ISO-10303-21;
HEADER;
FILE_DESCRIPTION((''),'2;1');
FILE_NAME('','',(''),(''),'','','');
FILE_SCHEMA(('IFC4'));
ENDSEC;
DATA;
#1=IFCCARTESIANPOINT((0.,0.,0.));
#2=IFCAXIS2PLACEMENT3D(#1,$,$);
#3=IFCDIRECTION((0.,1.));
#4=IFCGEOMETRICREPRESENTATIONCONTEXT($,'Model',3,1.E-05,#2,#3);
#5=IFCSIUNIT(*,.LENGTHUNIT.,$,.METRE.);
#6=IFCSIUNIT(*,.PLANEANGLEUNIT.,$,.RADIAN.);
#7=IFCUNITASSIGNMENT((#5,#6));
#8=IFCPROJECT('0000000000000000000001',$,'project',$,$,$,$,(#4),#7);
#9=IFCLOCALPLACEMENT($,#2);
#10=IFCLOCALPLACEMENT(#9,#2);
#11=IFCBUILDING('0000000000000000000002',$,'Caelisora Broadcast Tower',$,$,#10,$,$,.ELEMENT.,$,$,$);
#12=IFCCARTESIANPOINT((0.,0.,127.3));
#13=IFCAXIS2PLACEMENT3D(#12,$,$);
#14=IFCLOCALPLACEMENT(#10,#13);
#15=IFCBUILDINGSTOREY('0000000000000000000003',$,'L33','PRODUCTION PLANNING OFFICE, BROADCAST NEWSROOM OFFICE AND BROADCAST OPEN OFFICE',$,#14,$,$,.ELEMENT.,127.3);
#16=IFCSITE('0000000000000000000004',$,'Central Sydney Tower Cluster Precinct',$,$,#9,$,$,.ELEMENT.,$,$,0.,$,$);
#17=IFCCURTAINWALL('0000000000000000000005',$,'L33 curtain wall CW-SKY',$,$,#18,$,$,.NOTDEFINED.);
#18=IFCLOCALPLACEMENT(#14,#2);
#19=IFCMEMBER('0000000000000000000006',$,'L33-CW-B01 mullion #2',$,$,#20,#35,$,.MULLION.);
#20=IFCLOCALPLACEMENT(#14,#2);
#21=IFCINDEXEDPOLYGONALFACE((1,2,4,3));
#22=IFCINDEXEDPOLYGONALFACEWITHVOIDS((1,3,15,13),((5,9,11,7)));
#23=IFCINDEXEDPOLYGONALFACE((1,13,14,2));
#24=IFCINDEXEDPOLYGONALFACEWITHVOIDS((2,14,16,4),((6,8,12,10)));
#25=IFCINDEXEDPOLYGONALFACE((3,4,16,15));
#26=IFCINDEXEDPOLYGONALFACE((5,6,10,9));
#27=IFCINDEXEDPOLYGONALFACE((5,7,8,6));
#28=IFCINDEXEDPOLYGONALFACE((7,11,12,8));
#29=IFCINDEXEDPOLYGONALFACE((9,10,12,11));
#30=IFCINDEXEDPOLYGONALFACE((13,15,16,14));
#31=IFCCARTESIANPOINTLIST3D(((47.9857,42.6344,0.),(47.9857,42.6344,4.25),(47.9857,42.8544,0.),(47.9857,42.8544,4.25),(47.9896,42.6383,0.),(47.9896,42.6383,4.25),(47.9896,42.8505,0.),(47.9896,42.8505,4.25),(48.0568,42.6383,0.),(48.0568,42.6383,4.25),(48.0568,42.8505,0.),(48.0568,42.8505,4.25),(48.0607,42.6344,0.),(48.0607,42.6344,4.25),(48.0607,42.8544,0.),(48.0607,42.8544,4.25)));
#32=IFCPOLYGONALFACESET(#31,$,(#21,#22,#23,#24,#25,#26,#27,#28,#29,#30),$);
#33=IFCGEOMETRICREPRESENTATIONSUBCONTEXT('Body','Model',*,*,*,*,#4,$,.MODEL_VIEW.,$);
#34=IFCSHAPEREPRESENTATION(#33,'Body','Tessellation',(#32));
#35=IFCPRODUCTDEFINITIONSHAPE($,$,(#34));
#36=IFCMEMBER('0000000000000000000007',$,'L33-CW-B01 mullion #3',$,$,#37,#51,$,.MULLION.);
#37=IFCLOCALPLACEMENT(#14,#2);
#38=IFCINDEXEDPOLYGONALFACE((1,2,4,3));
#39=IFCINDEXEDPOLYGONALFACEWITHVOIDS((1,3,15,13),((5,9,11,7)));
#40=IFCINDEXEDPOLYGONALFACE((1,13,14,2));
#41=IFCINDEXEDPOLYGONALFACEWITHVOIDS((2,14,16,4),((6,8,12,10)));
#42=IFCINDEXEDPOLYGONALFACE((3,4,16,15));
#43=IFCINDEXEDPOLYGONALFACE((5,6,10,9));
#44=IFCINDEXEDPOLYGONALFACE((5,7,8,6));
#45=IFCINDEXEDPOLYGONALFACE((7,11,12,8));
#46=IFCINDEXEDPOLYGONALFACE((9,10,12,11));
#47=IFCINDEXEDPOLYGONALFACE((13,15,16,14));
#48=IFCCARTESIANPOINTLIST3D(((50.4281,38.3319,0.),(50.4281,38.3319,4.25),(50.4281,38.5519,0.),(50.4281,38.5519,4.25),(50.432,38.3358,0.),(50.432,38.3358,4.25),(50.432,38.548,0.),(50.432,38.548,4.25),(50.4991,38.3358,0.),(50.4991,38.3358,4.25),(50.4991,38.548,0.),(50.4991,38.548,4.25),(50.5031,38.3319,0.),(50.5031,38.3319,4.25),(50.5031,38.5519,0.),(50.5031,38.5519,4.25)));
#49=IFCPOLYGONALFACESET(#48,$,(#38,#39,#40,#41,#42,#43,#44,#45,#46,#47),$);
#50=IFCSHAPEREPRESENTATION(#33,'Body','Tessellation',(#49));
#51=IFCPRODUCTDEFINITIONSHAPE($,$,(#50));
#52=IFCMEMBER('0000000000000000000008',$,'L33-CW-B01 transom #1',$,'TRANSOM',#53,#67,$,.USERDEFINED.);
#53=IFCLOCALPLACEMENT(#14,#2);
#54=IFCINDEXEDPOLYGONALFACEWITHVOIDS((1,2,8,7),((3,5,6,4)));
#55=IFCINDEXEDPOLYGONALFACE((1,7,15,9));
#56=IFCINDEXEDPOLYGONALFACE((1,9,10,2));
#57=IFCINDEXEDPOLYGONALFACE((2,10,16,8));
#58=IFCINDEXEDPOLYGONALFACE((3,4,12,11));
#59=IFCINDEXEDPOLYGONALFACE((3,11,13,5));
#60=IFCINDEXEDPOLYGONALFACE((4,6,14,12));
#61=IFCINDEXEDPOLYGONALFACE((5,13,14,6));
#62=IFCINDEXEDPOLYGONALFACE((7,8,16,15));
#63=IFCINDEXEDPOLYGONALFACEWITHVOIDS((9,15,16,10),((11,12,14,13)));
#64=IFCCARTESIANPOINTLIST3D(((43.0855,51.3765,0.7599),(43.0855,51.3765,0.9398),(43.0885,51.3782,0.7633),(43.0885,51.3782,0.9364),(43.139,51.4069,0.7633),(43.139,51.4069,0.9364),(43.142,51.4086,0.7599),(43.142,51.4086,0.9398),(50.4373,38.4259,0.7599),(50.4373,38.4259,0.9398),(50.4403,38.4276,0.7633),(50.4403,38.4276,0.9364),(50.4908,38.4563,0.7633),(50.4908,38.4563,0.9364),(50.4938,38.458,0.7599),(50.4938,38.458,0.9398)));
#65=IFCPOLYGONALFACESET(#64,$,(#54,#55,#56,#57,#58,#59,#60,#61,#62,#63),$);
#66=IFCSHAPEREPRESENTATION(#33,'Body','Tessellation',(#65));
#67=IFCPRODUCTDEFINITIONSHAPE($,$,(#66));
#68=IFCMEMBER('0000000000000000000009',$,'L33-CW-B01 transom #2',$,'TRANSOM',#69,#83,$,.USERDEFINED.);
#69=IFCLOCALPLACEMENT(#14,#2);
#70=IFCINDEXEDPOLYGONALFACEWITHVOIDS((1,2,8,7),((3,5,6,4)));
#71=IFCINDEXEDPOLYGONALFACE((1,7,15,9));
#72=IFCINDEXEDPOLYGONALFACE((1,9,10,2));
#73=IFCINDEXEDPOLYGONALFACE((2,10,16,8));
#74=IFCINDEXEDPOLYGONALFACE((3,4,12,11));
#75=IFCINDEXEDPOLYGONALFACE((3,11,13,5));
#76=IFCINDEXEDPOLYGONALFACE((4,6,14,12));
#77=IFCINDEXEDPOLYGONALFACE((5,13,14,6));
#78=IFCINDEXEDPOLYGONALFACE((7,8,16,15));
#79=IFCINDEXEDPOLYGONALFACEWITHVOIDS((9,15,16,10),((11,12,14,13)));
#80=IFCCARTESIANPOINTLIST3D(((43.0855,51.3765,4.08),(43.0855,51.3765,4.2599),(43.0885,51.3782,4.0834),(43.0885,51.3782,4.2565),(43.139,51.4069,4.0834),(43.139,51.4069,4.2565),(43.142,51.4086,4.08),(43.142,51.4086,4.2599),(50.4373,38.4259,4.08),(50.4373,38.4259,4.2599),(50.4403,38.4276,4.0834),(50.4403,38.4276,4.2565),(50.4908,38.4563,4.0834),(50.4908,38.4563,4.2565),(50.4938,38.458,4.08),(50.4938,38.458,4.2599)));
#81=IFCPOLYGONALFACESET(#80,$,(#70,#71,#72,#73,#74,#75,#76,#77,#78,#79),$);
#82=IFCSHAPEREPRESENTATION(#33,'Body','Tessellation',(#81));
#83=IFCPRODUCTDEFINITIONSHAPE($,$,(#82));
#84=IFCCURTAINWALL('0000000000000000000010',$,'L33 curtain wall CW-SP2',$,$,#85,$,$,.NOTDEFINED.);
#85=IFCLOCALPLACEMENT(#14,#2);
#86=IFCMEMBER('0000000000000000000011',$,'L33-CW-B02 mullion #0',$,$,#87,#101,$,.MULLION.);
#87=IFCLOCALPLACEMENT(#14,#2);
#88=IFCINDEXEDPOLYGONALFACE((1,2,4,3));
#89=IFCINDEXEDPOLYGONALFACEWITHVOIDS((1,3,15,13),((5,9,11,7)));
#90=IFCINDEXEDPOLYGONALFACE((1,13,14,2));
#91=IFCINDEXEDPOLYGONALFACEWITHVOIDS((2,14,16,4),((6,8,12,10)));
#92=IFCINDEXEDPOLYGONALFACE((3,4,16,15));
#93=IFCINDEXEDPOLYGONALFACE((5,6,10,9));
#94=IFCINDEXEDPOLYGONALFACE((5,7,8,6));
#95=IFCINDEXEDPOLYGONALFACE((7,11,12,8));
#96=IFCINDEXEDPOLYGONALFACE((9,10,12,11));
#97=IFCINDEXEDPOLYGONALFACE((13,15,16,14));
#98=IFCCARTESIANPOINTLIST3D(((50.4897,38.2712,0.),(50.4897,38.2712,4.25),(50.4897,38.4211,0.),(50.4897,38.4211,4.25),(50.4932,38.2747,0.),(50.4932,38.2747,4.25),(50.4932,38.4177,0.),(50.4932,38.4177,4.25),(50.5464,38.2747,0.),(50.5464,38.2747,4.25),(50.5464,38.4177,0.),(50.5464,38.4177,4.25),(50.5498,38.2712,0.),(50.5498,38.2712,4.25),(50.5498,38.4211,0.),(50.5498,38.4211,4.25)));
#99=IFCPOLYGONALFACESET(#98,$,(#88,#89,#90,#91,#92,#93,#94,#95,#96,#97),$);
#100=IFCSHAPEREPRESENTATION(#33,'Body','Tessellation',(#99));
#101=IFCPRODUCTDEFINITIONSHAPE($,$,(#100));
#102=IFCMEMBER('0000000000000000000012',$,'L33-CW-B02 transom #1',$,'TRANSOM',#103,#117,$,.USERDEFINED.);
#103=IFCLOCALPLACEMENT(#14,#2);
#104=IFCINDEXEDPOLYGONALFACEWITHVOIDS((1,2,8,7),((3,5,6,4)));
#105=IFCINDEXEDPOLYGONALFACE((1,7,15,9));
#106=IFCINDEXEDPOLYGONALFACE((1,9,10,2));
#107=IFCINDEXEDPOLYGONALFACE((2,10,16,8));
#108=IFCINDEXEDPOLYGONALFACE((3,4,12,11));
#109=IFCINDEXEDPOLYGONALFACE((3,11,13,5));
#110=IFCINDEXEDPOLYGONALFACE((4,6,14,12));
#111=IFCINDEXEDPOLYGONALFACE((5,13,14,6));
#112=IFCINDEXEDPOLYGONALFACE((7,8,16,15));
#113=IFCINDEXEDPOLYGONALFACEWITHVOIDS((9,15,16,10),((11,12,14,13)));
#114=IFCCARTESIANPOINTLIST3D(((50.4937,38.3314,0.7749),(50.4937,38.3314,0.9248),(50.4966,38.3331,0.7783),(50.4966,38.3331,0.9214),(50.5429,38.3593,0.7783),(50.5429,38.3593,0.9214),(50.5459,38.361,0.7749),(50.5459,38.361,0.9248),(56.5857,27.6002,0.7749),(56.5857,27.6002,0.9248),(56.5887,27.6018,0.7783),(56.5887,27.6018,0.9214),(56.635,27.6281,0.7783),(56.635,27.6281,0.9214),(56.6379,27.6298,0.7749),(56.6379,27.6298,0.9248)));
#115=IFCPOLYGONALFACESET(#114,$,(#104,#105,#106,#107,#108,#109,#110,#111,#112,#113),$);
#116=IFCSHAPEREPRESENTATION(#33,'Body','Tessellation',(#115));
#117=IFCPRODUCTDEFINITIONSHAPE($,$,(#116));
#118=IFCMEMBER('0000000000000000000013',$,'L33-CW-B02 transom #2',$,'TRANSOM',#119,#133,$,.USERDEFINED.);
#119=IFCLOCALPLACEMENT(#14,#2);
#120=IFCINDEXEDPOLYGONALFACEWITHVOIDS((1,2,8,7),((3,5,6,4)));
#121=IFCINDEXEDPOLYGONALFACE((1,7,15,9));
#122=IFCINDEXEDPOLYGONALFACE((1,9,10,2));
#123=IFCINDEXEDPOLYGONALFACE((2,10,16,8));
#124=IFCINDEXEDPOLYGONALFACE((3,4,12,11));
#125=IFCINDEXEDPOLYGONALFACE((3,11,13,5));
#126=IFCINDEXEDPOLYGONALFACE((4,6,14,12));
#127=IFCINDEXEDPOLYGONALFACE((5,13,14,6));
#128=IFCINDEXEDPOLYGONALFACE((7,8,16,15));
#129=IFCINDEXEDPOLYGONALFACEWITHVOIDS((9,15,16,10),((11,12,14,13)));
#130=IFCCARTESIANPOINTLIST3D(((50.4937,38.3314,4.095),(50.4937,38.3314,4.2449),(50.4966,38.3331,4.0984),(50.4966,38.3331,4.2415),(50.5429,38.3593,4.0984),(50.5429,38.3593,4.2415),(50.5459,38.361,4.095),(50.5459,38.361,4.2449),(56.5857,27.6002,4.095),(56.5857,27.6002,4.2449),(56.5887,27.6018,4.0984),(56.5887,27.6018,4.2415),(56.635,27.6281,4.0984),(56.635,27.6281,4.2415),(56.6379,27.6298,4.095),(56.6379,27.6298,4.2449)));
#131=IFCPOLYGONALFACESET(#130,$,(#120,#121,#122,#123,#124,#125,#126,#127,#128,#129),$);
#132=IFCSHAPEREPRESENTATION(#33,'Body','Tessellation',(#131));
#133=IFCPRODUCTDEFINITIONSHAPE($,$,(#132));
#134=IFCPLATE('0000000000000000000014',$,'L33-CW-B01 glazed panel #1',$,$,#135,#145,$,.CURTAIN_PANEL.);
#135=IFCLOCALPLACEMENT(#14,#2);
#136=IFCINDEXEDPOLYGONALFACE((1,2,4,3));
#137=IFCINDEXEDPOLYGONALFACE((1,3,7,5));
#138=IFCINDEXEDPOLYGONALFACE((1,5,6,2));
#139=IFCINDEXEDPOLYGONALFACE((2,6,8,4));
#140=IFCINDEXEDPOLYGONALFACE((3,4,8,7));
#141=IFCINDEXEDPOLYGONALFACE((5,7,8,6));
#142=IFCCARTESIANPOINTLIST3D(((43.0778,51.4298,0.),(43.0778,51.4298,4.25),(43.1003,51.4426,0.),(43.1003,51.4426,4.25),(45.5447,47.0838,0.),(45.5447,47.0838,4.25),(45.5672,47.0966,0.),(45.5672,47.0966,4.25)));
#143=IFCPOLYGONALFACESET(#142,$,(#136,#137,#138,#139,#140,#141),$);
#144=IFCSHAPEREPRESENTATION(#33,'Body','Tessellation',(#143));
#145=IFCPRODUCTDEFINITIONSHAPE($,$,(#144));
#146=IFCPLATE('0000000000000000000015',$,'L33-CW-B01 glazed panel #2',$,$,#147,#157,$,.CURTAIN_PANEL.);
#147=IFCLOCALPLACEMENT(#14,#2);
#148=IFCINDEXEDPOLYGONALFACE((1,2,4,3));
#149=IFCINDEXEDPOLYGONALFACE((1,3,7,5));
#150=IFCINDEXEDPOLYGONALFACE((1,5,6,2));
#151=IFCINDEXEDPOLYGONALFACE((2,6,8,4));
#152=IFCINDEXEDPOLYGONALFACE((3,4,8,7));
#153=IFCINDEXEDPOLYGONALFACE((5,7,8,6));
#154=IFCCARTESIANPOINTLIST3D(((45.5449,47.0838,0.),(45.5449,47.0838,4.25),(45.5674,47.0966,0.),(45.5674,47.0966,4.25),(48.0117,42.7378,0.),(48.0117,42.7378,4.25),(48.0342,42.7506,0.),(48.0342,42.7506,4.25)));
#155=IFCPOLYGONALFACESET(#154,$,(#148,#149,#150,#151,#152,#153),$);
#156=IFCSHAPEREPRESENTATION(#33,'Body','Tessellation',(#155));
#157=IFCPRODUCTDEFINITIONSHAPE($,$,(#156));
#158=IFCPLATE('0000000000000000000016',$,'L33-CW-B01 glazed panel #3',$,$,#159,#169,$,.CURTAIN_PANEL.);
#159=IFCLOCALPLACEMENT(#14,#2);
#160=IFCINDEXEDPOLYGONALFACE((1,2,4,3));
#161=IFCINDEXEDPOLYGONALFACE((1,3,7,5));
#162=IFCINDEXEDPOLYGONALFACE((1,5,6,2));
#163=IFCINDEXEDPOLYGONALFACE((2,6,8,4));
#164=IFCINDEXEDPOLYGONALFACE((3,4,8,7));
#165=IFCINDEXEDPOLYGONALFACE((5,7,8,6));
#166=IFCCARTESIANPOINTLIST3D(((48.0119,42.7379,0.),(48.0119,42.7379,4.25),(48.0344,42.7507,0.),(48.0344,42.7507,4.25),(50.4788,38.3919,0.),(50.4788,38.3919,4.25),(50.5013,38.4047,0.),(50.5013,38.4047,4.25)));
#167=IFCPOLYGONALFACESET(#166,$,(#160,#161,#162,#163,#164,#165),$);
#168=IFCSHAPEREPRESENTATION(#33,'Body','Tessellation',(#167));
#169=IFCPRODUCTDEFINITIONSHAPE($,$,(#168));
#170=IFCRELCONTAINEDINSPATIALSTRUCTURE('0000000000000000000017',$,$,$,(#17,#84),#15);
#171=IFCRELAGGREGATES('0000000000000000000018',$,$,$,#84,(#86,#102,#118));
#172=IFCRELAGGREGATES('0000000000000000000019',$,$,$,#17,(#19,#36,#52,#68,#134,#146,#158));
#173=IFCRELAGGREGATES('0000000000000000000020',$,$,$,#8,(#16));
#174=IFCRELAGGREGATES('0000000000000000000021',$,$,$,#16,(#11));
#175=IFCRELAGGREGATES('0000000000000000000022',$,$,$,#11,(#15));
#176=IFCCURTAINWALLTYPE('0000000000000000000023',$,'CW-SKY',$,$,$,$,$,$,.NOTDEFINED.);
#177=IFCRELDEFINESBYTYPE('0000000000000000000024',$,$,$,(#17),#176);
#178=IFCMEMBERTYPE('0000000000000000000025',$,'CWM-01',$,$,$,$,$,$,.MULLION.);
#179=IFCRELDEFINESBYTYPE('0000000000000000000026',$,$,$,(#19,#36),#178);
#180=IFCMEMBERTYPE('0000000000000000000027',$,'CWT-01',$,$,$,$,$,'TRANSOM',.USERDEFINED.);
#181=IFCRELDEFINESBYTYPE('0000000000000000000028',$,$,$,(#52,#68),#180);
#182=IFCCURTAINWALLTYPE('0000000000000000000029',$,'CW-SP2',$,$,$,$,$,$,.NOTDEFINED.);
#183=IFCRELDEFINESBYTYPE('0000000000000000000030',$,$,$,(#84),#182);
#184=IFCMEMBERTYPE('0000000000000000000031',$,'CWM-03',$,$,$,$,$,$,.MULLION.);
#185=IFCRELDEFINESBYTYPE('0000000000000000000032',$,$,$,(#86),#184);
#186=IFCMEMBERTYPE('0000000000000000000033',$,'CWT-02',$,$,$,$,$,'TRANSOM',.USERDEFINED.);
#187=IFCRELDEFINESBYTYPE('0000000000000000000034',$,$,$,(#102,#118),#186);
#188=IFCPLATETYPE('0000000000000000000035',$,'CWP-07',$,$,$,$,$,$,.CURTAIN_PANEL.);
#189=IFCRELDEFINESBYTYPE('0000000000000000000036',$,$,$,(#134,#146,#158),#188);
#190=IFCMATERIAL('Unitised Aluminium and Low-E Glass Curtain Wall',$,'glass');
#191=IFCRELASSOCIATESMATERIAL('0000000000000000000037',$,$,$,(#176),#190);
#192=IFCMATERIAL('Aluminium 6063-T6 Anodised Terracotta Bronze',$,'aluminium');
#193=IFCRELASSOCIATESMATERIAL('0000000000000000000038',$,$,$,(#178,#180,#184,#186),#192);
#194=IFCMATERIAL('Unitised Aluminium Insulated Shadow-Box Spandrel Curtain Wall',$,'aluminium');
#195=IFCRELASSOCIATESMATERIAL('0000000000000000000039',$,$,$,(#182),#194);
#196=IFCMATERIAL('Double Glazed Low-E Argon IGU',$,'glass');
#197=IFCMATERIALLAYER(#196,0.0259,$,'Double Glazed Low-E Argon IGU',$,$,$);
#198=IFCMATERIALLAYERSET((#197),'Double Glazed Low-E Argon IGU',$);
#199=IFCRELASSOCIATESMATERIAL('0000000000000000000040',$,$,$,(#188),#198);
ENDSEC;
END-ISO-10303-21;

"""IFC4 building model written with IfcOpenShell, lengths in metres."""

from ifc_helpers import new_model, si_unit, direction, frame, origin, origin_2d, place, context, subcontext, project, spatial, rectangle, hollow_rectangle, extrude, source, transform, mapped, material, layer, layer_set, material_profile, profile_set, type_object, type_shapes, element, aggregate, save


model = new_model("IFC4")

# Units and contexts
model_context = context("Model", 3, precision=1e-05, world=origin(), true_north=direction((0.0, 1.0)))
body_context = subcontext(model_context, "Body", "Model", "MODEL_VIEW")
ifc_project = project(units=[si_unit("LENGTHUNIT", "METRE"), si_unit("PLANEANGLEUNIT", "RADIAN")], contexts=[model_context])

# Site, building, storey
site_placement = place(None, origin())
site = spatial("IfcSite", under=ifc_project, at=site_placement, Name="Central Sydney Tower Cluster Precinct", CompositionType="ELEMENT", RefElevation=0.0)
building_placement = place(site_placement, origin())
building = spatial("IfcBuilding", under=site, at=building_placement, Name="Caelisora Broadcast Tower", CompositionType="ELEMENT")
storey_placement = place(building_placement, frame((0.0, 0.0, 127.3)))
storey = spatial("IfcBuildingStorey", under=building, at=storey_placement, Name="L33", Description="PRODUCTION PLANNING OFFICE, BROADCAST NEWSROOM OFFICE AND BROADCAST OPEN OFFICE", CompositionType="ELEMENT", Elevation=127.3)

# Curtain walls, members
ifc_material_1 = material(Name="Unitised Aluminium and Low-E Glass Curtain Wall", Category="glass")
curtain_wall_type_1 = type_object("IfcCurtainWallType", Name="CW-SKY", PredefinedType="NOTDEFINED", material=ifc_material_1)
curtain_wall_1_placement = place(storey_placement, origin())
curtain_wall_1 = element("IfcCurtainWall", 1, at=curtain_wall_1_placement, inside=storey, type_object=curtain_wall_type_1, Name="L33 curtain wall CW-SKY", PredefinedType="NOTDEFINED")
ifc_material_2 = material(Name="Aluminium 6063-T6 Anodised Terracotta Bronze", Category="aluminium")
ifc_material_profile_1 = material_profile(ifc_material_2, hollow_rectangle(XDim=0.075, YDim=0.22, WallThickness=0.0039, at=origin_2d()), Name="Aluminium 6063-T6 Anodised Terracotta Bronze")
ifc_profile_set_1 = profile_set([ifc_material_profile_1], Name="Aluminium 6063-T6 Anodised Terracotta Bronze")
member_type_1 = type_object("IfcMemberType", Name="CWM-01", PredefinedType="MULLION", material=ifc_profile_set_1)
shared_shape_1 = source(origin(), body_context, "Body", "SweptSolid", [
    extrude(hollow_rectangle(XDim=0.075, YDim=0.22, WallThickness=0.0039, at=origin_2d()), origin(), (0.0, 0.0, 1.0), 4.25),
])
type_shapes(member_type_1, [shared_shape_1])
member_1_placement = place(storey_placement, frame((48.0232, 42.7444, 0.0), z_axis=(0.0, 0.0, 1.0), x_axis=(1.0, 0.0, 0.0)))
member_1 = element("IfcMember", 2, at=member_1_placement, type_object=member_type_1, Name="L33-CW-B01 mullion #2", PredefinedType="MULLION", context=body_context, shape_type="MappedRepresentation", body=[
    mapped(shared_shape_1, transform((0.0, 0.0, 0.0), scale=1.0)),
])
member_2_placement = place(storey_placement, frame((50.4656, 38.4419, 0.0), z_axis=(0.0, 0.0, 1.0), x_axis=(1.0, 0.0, 0.0)))
member_2 = element("IfcMember", 3, at=member_2_placement, type_object=member_type_1, Name="L33-CW-B01 mullion #3", PredefinedType="MULLION", context=body_context, shape_type="MappedRepresentation", body=[
    mapped(shared_shape_1, transform((0.0, 0.0, 0.0), scale=1.0)),
])
ifc_material_profile_2 = material_profile(ifc_material_2, hollow_rectangle(XDim=0.0649, YDim=0.1799, WallThickness=0.0034, at=origin_2d()), Name="Aluminium 6063-T6 Anodised Terracotta Bronze")
ifc_profile_set_2 = profile_set([ifc_material_profile_2], Name="Aluminium 6063-T6 Anodised Terracotta Bronze")
member_type_2 = type_object("IfcMemberType", Name="CWT-01", ElementType="TRANSOM", PredefinedType="USERDEFINED", material=ifc_profile_set_2)
shared_shape_2 = source(origin(), body_context, "Body", "SweptSolid", [
    extrude(hollow_rectangle(XDim=0.0649, YDim=0.1799, WallThickness=0.0034, at=origin_2d()), origin(), (0.0, 0.0, 1.0), 14.8918),
])
type_shapes(member_type_2, [shared_shape_2])
member_3_placement = place(storey_placement, frame((43.1138, 51.3926, 0.8499), z_axis=(0.493678, -0.869645, 0.0), x_axis=(0.869645, 0.493678, 0.0)))
member_3 = element("IfcMember", 4, at=member_3_placement, type_object=member_type_2, Name="L33-CW-B01 transom #1", ObjectType="TRANSOM", PredefinedType="USERDEFINED", context=body_context, shape_type="MappedRepresentation", body=[
    mapped(shared_shape_2, transform((0.0, 0.0, 0.0), scale=1.0)),
])
member_4_placement = place(storey_placement, frame((43.1138, 51.3926, 4.1699), z_axis=(0.493678, -0.869645, 0.0), x_axis=(0.869645, 0.493678, 0.0)))
member_4 = element("IfcMember", 5, at=member_4_placement, type_object=member_type_2, Name="L33-CW-B01 transom #2", ObjectType="TRANSOM", PredefinedType="USERDEFINED", context=body_context, shape_type="MappedRepresentation", body=[
    mapped(shared_shape_2, transform((0.0, 0.0, 0.0), scale=1.0)),
])
ifc_material_3 = material(Name="Unitised Aluminium Insulated Shadow-Box Spandrel Curtain Wall", Category="aluminium")
curtain_wall_type_2 = type_object("IfcCurtainWallType", Name="CW-SP2", PredefinedType="NOTDEFINED", material=ifc_material_3)
curtain_wall_2_placement = place(storey_placement, origin())
curtain_wall_2 = element("IfcCurtainWall", 6, at=curtain_wall_2_placement, inside=storey, type_object=curtain_wall_type_2, Name="L33 curtain wall CW-SP2", PredefinedType="NOTDEFINED")
ifc_material_profile_3 = material_profile(ifc_material_2, hollow_rectangle(XDim=0.0601, YDim=0.1499, WallThickness=0.0034, at=origin_2d()), Name="Aluminium 6063-T6 Anodised Terracotta Bronze")
ifc_profile_set_3 = profile_set([ifc_material_profile_3], Name="Aluminium 6063-T6 Anodised Terracotta Bronze")
member_type_3 = type_object("IfcMemberType", Name="CWM-03", PredefinedType="MULLION", material=ifc_profile_set_3)
shared_shape_3 = source(origin(), body_context, "Body", "SweptSolid", [
    extrude(hollow_rectangle(XDim=0.0601, YDim=0.1499, WallThickness=0.0034, at=origin_2d()), origin(), (0.0, 0.0, 1.0), 4.25),
])
type_shapes(member_type_3, [shared_shape_3])
member_5_placement = place(storey_placement, frame((50.5198, 38.3462, 0.0), z_axis=(0.0, 0.0, 1.0), x_axis=(1.0, 0.0, 0.0)))
member_5 = element("IfcMember", 7, at=member_5_placement, type_object=member_type_3, Name="L33-CW-B02 mullion #0", PredefinedType="MULLION", context=body_context, shape_type="MappedRepresentation", body=[
    mapped(shared_shape_3, transform((0.0, 0.0, 0.0), scale=1.0)),
])
ifc_material_profile_4 = material_profile(ifc_material_2, hollow_rectangle(XDim=0.0601, YDim=0.1499, WallThickness=0.0034, at=origin_2d()), Name="Aluminium 6063-T6 Anodised Terracotta Bronze")
ifc_profile_set_4 = profile_set([ifc_material_profile_4], Name="Aluminium 6063-T6 Anodised Terracotta Bronze")
member_type_4 = type_object("IfcMemberType", Name="CWT-02", ElementType="TRANSOM", PredefinedType="USERDEFINED", material=ifc_profile_set_4)
shared_shape_4 = source(origin(), body_context, "Body", "SweptSolid", [
    extrude(hollow_rectangle(XDim=0.0601, YDim=0.1499, WallThickness=0.0034, at=origin_2d()), origin(), (0.0, 0.0, 1.0), 12.3398),
])
type_shapes(member_type_4, [shared_shape_4])
member_6_placement = place(storey_placement, frame((50.5198, 38.3462, 0.8499), z_axis=(0.493689, -0.869639, 0.0), x_axis=(0.869639, 0.493689, 0.0)))
member_6 = element("IfcMember", 8, at=member_6_placement, type_object=member_type_4, Name="L33-CW-B02 transom #1", ObjectType="TRANSOM", PredefinedType="USERDEFINED", context=body_context, shape_type="MappedRepresentation", body=[
    mapped(shared_shape_4, transform((0.0, 0.0, 0.0), scale=1.0)),
])
member_7_placement = place(storey_placement, frame((50.5198, 38.3462, 4.1699), z_axis=(0.493689, -0.869639, 0.0), x_axis=(0.869639, 0.493689, 0.0)))
member_7 = element("IfcMember", 9, at=member_7_placement, type_object=member_type_4, Name="L33-CW-B02 transom #2", ObjectType="TRANSOM", PredefinedType="USERDEFINED", context=body_context, shape_type="MappedRepresentation", body=[
    mapped(shared_shape_4, transform((0.0, 0.0, 0.0), scale=1.0)),
])
aggregate(curtain_wall_2, [member_5, member_6, member_7])

# Plates
ifc_material_4 = material(Name="Double Glazed Low-E Argon IGU", Category="glass")
ifc_layer_1 = layer(ifc_material_4, 0.0259, Name="Double Glazed Low-E Argon IGU")
ifc_layer_set_1 = layer_set([ifc_layer_1], Name="Double Glazed Low-E Argon IGU")
plate_type = type_object("IfcPlateType", Name="CWP-07", PredefinedType="CURTAIN_PANEL", material=ifc_layer_set_1)
shared_shape_5 = source(origin(), body_context, "Body", "SweptSolid", [
    extrude(rectangle(XDim=4.9973, YDim=0.0259, at=origin_2d()), origin(), (0.0, 0.0, 1.0), 4.25),
])
type_shapes(plate_type, [shared_shape_5])
plate_1_placement = place(storey_placement, frame((44.3225, 49.2632, 0.0), z_axis=(0.0, 0.0, 1.0), x_axis=(0.493638, -0.869667, 0.0)))
plate_1 = element("IfcPlate", 10, at=plate_1_placement, type_object=plate_type, Name="L33-CW-B01 glazed panel #1", PredefinedType="CURTAIN_PANEL", context=body_context, shape_type="MappedRepresentation", body=[
    mapped(shared_shape_5, transform((0.0, 0.0, 0.0), scale=1.0)),
])
plate_2_placement = place(storey_placement, frame((46.7896, 44.9172, 0.0), z_axis=(0.0, 0.0, 1.0), x_axis=(0.493638, -0.869667, 0.0)))
plate_2 = element("IfcPlate", 11, at=plate_2_placement, type_object=plate_type, Name="L33-CW-B01 glazed panel #2", PredefinedType="CURTAIN_PANEL", context=body_context, shape_type="MappedRepresentation", body=[
    mapped(shared_shape_5, transform((0.0, 0.0, 0.0), scale=1.0)),
])
plate_3_placement = place(storey_placement, frame((49.2566, 40.5713, 0.0), z_axis=(0.0, 0.0, 1.0), x_axis=(0.493638, -0.869667, 0.0)))
plate_3 = element("IfcPlate", 12, at=plate_3_placement, type_object=plate_type, Name="L33-CW-B01 glazed panel #3", PredefinedType="CURTAIN_PANEL", context=body_context, shape_type="MappedRepresentation", body=[
    mapped(shared_shape_5, transform((0.0, 0.0, 0.0), scale=1.0)),
])
aggregate(curtain_wall_1, [member_1, member_2, member_3, member_4, plate_1, plate_2, plate_3])

save(model, "model.ifc")
